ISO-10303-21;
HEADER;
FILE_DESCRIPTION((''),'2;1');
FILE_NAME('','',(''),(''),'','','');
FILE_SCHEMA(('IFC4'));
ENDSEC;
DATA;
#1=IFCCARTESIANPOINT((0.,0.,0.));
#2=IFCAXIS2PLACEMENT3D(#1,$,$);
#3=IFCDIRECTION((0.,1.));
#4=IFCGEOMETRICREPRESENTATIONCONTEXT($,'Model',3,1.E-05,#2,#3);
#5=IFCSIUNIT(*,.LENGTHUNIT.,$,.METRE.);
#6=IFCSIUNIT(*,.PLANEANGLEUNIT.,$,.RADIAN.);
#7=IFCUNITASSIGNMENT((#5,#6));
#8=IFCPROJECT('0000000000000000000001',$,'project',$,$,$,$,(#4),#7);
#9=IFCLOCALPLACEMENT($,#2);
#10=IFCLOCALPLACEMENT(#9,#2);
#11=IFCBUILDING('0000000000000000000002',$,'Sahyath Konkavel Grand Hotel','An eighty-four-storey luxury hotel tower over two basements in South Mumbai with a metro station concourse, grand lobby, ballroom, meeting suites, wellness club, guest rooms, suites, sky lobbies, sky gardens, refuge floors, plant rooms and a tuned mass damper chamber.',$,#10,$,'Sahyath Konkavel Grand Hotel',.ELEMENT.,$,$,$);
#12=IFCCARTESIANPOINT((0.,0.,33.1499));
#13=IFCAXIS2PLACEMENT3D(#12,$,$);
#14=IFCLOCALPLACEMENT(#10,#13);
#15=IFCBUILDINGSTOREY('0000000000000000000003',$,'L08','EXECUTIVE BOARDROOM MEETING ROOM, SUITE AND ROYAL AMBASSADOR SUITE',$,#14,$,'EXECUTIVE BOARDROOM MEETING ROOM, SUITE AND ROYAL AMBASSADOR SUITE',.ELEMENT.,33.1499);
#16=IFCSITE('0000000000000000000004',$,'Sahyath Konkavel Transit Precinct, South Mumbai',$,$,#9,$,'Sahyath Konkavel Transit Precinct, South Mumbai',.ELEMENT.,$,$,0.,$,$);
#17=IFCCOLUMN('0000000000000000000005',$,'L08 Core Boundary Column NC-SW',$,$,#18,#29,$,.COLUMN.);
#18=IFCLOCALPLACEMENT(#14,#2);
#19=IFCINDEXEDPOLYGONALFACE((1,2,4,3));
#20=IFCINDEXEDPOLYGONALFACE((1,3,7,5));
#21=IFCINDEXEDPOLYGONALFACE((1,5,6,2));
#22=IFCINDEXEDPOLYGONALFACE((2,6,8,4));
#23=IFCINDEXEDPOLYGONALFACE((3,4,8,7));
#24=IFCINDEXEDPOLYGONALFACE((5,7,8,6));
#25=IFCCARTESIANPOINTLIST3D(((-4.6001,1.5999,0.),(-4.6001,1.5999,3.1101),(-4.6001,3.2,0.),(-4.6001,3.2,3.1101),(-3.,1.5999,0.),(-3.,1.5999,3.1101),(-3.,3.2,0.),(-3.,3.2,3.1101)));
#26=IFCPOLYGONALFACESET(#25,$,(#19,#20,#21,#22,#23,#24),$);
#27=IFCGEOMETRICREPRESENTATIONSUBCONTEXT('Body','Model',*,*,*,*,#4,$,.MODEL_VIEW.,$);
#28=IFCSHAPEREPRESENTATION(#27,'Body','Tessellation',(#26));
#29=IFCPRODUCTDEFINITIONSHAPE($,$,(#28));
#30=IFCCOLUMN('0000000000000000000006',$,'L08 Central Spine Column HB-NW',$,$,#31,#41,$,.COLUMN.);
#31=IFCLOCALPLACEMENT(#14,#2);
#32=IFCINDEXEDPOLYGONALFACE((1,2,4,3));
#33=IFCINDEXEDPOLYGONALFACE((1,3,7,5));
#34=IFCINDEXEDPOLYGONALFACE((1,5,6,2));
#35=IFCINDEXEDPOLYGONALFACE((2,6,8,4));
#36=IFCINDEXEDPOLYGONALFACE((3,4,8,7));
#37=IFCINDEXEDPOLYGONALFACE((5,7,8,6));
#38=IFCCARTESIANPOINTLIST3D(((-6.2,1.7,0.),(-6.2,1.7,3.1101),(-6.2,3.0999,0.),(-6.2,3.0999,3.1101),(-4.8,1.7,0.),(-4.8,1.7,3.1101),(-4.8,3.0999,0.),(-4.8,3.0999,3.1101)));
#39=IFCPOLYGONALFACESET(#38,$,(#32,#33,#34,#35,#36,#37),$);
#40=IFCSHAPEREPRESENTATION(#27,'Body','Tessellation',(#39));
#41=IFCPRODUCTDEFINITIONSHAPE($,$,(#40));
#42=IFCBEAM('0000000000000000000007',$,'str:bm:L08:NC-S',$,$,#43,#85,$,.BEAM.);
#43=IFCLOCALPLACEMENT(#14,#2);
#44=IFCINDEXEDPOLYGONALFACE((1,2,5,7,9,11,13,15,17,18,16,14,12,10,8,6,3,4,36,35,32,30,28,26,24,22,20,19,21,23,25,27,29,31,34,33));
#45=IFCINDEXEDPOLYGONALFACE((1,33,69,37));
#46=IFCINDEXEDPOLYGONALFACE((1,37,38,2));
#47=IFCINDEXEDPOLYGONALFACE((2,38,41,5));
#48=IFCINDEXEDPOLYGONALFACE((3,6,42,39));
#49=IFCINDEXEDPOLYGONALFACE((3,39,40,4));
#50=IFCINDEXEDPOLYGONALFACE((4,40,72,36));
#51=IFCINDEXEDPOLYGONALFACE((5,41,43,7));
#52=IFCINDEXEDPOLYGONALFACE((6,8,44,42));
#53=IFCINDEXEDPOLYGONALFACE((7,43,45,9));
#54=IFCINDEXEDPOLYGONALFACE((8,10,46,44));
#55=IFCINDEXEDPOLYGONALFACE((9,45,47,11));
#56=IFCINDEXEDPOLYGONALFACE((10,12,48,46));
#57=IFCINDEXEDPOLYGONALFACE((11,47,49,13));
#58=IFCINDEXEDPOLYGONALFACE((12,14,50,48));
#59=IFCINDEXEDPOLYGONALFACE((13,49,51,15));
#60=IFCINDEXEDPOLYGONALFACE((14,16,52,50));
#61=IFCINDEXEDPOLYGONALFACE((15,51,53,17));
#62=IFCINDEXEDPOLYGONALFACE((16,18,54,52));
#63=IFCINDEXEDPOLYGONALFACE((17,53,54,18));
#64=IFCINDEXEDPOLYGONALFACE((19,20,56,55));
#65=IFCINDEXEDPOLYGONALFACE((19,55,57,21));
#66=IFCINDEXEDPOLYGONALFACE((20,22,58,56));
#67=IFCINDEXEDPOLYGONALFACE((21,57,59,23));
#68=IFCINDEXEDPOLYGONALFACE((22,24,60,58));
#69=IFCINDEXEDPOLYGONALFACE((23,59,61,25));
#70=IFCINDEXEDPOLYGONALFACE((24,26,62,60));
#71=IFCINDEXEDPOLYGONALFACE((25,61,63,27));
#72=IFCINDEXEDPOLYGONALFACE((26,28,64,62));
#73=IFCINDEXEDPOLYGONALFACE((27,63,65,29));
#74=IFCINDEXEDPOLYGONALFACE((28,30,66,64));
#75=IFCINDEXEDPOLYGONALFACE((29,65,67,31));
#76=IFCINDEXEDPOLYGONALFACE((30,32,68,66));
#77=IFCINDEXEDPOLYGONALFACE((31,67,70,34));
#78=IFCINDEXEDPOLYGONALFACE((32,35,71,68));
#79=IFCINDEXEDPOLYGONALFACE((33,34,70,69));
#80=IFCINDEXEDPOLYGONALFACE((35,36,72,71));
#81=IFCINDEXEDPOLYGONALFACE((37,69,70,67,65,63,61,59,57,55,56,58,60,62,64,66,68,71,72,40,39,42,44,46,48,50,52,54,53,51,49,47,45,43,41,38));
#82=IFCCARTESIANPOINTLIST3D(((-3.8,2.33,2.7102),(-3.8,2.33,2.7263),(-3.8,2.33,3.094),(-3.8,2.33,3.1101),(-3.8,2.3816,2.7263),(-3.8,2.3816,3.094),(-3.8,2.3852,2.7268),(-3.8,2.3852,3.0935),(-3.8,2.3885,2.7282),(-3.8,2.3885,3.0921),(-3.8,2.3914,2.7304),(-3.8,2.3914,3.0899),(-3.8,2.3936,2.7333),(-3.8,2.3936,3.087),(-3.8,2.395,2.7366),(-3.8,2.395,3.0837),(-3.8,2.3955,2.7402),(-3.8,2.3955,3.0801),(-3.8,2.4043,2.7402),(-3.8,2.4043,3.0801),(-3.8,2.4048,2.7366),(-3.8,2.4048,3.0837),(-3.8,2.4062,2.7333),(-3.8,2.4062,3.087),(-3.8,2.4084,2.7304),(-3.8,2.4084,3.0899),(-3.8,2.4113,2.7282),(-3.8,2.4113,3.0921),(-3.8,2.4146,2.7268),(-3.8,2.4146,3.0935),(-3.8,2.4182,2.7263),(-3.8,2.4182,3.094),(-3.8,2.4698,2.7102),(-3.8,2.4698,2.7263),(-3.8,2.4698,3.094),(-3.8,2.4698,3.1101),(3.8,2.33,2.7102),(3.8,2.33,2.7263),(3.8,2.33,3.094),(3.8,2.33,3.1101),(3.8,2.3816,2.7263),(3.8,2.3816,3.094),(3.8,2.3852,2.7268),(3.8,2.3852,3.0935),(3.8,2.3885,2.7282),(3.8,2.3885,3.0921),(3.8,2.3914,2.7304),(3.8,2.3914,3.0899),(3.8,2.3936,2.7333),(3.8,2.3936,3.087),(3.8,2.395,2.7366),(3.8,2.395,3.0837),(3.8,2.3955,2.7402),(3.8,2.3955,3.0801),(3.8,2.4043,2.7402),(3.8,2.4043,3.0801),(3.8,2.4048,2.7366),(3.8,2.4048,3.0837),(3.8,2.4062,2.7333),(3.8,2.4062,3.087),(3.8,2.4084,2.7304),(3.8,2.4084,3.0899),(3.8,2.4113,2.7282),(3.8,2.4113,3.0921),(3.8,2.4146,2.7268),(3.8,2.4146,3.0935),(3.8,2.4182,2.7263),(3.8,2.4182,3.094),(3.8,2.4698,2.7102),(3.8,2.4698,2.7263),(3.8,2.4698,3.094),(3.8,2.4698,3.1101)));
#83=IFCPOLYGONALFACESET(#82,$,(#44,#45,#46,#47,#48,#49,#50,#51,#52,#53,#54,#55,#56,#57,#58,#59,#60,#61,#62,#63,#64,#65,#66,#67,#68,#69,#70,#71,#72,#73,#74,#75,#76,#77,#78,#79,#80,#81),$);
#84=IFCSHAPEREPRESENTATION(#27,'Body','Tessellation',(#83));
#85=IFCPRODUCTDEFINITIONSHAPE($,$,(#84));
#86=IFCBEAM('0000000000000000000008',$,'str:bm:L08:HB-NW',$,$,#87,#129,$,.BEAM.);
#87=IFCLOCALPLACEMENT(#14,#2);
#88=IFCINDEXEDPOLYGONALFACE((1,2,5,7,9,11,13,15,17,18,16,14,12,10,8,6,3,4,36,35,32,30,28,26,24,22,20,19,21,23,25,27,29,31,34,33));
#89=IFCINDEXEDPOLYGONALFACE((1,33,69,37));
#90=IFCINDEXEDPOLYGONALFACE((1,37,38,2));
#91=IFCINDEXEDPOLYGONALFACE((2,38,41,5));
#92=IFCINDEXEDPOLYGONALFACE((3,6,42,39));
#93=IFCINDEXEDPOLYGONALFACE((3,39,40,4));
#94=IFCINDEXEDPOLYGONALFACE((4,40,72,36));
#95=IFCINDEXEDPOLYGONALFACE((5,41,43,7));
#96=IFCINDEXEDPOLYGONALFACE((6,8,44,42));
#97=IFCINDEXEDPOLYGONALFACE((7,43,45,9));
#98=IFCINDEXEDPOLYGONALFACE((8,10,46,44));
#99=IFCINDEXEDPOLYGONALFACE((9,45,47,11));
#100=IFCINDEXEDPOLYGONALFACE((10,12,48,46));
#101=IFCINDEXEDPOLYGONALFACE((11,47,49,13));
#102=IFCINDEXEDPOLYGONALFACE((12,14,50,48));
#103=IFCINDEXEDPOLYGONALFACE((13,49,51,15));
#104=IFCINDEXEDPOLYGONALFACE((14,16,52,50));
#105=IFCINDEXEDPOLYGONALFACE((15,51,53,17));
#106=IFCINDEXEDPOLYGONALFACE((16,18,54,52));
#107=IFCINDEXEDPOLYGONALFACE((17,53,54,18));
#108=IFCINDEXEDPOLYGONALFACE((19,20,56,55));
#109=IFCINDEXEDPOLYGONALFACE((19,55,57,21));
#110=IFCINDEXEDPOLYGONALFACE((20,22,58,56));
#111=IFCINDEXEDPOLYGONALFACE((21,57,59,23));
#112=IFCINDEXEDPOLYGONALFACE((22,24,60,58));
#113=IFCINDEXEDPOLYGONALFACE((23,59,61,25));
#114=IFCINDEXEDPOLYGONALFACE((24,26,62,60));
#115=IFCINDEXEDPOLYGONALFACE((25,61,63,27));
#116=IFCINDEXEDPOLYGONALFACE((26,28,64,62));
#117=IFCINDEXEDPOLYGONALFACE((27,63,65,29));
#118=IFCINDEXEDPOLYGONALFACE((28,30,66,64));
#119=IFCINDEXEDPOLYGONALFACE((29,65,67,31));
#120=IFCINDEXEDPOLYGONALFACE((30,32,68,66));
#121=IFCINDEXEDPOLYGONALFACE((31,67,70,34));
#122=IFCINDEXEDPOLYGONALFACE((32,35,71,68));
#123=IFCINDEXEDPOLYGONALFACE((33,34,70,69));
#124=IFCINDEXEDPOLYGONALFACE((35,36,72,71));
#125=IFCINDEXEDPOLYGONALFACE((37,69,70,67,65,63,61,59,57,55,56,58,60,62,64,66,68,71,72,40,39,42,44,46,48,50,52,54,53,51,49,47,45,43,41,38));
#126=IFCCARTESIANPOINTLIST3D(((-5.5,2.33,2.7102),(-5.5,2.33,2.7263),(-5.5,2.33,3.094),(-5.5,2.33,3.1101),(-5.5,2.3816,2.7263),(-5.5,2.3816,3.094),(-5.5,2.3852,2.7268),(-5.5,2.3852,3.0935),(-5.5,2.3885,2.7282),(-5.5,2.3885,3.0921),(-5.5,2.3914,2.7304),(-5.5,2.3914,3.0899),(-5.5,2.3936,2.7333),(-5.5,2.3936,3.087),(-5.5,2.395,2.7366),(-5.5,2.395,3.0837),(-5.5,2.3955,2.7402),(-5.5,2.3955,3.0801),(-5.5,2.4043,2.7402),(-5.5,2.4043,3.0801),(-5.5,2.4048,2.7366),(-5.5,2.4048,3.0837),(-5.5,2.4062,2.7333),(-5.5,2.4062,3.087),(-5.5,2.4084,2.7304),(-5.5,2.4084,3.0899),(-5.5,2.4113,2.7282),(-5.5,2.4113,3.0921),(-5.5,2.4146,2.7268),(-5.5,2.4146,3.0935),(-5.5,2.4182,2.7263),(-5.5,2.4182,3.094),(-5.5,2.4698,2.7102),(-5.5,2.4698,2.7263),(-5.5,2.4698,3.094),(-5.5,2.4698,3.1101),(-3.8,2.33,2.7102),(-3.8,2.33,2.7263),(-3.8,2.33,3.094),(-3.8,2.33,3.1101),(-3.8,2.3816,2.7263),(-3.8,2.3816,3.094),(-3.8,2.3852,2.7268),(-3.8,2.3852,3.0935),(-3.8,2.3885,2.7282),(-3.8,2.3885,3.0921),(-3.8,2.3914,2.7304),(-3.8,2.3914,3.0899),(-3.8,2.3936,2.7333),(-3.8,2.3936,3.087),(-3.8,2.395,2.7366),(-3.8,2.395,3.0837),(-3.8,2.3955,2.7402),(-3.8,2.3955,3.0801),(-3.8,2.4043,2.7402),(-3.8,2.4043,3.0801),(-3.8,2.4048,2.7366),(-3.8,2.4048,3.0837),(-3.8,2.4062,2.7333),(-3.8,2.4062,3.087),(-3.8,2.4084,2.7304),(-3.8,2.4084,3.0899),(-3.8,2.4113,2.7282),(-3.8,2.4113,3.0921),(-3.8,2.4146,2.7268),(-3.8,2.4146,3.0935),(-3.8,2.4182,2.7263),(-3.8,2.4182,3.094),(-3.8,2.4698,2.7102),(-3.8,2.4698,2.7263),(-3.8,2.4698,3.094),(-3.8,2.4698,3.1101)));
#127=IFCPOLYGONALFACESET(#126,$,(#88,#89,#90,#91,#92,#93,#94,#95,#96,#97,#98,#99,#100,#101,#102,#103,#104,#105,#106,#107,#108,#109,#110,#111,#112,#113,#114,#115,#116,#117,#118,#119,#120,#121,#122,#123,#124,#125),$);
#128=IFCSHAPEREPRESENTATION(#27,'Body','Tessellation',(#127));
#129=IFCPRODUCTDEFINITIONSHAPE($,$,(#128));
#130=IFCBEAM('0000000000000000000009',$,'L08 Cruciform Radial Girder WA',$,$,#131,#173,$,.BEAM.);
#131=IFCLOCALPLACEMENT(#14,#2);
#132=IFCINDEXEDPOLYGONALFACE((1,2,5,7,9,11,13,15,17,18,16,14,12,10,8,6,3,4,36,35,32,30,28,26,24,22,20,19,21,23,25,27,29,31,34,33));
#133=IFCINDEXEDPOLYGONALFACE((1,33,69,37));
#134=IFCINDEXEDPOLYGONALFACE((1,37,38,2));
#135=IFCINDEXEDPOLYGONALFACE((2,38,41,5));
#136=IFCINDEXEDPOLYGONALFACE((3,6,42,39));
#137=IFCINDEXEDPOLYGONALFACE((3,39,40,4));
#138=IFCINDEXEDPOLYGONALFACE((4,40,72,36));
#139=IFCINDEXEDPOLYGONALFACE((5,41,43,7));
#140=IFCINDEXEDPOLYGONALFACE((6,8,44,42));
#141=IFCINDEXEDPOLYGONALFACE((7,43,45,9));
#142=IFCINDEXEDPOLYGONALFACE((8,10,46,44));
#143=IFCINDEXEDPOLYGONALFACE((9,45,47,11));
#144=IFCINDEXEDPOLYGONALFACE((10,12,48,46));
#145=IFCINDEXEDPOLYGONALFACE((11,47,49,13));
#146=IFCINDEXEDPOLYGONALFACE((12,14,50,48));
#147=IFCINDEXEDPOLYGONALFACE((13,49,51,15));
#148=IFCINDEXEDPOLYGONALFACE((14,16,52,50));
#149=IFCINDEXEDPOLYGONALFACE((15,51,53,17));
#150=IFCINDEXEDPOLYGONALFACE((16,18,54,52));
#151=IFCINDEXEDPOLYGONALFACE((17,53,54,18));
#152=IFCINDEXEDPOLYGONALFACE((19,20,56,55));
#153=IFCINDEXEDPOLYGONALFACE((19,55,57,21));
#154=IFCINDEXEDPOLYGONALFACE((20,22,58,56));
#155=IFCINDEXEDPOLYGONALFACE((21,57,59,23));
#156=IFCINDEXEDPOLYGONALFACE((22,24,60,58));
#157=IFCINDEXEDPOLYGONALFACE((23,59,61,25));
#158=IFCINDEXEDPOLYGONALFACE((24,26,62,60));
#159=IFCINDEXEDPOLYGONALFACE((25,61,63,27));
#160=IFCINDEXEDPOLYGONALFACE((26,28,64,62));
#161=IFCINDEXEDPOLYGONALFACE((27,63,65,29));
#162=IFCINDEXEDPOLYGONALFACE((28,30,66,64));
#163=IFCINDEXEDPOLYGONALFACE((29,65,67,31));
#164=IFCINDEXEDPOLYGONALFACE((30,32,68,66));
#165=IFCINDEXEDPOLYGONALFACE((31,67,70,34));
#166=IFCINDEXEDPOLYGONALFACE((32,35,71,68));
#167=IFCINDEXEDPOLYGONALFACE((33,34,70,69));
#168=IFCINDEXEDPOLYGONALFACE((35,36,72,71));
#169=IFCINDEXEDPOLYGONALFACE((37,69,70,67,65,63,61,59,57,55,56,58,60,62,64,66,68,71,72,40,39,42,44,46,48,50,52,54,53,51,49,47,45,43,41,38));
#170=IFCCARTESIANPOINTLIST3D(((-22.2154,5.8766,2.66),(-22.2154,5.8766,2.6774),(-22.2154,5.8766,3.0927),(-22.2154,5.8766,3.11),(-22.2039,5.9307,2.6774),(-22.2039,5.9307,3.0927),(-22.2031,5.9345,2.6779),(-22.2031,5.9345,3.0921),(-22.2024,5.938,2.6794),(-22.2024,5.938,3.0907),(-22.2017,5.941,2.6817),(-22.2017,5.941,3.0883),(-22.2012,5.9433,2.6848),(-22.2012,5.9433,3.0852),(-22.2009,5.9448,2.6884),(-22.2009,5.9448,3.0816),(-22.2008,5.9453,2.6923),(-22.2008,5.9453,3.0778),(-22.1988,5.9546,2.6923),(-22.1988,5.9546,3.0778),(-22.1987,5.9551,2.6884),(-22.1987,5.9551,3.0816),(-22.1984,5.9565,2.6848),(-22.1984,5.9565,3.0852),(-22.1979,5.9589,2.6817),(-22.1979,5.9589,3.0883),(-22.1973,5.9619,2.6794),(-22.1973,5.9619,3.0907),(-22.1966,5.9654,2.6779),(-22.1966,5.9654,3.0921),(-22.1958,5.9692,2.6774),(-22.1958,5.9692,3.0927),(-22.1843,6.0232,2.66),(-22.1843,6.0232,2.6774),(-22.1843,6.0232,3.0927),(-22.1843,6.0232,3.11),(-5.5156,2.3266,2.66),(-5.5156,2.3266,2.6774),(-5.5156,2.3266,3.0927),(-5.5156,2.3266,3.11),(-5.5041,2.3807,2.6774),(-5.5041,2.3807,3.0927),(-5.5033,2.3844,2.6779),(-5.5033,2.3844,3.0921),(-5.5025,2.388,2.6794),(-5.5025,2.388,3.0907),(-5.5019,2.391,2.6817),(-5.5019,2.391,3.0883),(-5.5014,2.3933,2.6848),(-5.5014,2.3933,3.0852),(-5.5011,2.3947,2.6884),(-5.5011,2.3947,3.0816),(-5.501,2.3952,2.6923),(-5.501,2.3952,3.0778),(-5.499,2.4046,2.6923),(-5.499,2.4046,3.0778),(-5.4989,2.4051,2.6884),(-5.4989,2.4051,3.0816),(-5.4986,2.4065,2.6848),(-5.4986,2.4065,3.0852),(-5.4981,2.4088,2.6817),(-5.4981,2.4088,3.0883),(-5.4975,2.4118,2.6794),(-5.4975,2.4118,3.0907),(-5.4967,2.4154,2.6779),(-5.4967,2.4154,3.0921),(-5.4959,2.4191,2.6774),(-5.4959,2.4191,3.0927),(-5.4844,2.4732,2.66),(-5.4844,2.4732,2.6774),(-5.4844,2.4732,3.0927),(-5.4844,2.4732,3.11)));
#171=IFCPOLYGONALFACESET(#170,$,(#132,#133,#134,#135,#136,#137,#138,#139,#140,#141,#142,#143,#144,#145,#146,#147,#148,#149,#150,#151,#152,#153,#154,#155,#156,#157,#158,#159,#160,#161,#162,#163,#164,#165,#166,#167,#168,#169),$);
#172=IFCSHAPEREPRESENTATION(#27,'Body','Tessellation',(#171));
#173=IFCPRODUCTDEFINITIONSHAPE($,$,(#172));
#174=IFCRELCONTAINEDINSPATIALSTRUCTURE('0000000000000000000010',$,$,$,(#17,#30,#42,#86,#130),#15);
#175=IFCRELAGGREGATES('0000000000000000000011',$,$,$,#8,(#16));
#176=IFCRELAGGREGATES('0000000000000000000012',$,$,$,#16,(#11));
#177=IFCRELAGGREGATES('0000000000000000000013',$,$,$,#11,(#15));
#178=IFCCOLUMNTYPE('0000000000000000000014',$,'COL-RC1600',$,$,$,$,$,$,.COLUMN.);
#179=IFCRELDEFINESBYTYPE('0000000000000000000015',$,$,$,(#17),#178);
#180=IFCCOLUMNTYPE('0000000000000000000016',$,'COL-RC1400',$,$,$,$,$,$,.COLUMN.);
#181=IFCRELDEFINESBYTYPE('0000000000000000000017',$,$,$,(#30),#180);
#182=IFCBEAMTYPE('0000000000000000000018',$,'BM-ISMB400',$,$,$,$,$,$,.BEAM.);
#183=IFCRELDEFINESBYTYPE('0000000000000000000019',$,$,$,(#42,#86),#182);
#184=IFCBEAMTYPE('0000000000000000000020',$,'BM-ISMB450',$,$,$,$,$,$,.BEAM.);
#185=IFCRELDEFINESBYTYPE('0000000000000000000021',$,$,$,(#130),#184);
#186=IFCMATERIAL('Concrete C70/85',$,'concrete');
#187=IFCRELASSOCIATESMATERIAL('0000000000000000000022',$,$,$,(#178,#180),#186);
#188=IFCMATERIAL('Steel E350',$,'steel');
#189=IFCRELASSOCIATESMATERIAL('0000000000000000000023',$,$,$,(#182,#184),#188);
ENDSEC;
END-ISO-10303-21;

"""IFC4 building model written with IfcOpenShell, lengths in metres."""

from ifc_helpers import new_model, si_unit, direction, frame, origin, origin_2d, place, context, subcontext, project, spatial, rectangle, i_section, extrude, source, transform, mapped, material, material_profile, profile_set, type_object, element, save


model = new_model("IFC4")

# Units and contexts
model_context = context("Model", 3, precision=1e-05, world=origin(), true_north=direction((0.0, 1.0)))
body_context = subcontext(model_context, "Body", "Model", "MODEL_VIEW")
ifc_project = project(units=[si_unit("LENGTHUNIT", "METRE"), si_unit("PLANEANGLEUNIT", "RADIAN")], contexts=[model_context])

# Site, building, storey
site_placement = place(None, origin())
site = spatial("IfcSite", under=ifc_project, at=site_placement, Name="Sahyath Konkavel Transit Precinct, South Mumbai", LongName="Sahyath Konkavel Transit Precinct, South Mumbai", CompositionType="ELEMENT", RefElevation=0.0)
building_placement = place(site_placement, origin())
building = spatial("IfcBuilding", under=site, at=building_placement, Name="Sahyath Konkavel Grand Hotel", Description="An eighty-four-storey luxury hotel tower over two basements in South Mumbai with a metro station concourse, grand lobby, ballroom, meeting suites, wellness club, guest rooms, suites, sky lobbies, sky gardens, refuge floors, plant rooms and a tuned mass damper chamber.", LongName="Sahyath Konkavel Grand Hotel", CompositionType="ELEMENT")
storey_placement = place(building_placement, frame((0.0, 0.0, 33.1499)))
storey = spatial("IfcBuildingStorey", under=building, at=storey_placement, Name="L08", Description="EXECUTIVE BOARDROOM MEETING ROOM, SUITE AND ROYAL AMBASSADOR SUITE", LongName="EXECUTIVE BOARDROOM MEETING ROOM, SUITE AND ROYAL AMBASSADOR SUITE", CompositionType="ELEMENT", Elevation=33.1499)

# Columns
ifc_material_1 = material(Name="Concrete C70/85", Category="concrete")
ifc_material_profile_1 = material_profile(ifc_material_1, rectangle(XDim=1.6001, YDim=1.6001, at=origin_2d()), Name="RC 1600x1600")
ifc_profile_set_1 = profile_set([ifc_material_profile_1], Name="Concrete C70/85")
column_type_1 = type_object("IfcColumnType", Name="COL-RC1600", PredefinedType="COLUMN", material=ifc_profile_set_1)
shared_shape_1 = source(origin(), body_context, "Body", "SweptSolid", [
    extrude(rectangle(XDim=1.6001, YDim=1.6001, at=origin_2d()), origin(), (0.0, 0.0, 1.0), 3.1101),
])
column_1_placement = place(storey_placement, frame((-3.8, 2.3999, 0.0), z_axis=(0.0, 0.0, 1.0), x_axis=(1.0, 0.0, 0.0)))
element("IfcColumn", 1, at=column_1_placement, inside=storey, type_object=column_type_1, Name="L08 Core Boundary Column NC-SW", PredefinedType="COLUMN", context=body_context, shape_type="MappedRepresentation", body=[
    mapped(shared_shape_1, transform((0.0, 0.0, 0.0), scale=1.0)),
])
ifc_material_profile_2 = material_profile(ifc_material_1, rectangle(XDim=1.3999, YDim=1.3999, at=origin_2d()), Name="RC 1400x1400")
ifc_profile_set_2 = profile_set([ifc_material_profile_2], Name="Concrete C70/85")
column_type_2 = type_object("IfcColumnType", Name="COL-RC1400", PredefinedType="COLUMN", material=ifc_profile_set_2)
shared_shape_2 = source(origin(), body_context, "Body", "SweptSolid", [
    extrude(rectangle(XDim=1.3999, YDim=1.3999, at=origin_2d()), origin(), (0.0, 0.0, 1.0), 3.1101),
])
column_2_placement = place(storey_placement, frame((-5.5, 2.3999, 0.0), z_axis=(0.0, 0.0, 1.0), x_axis=(1.0, 0.0, 0.0)))
element("IfcColumn", 2, at=column_2_placement, inside=storey, type_object=column_type_2, Name="L08 Central Spine Column HB-NW", PredefinedType="COLUMN", context=body_context, shape_type="MappedRepresentation", body=[
    mapped(shared_shape_2, transform((0.0, 0.0, 0.0), scale=1.0)),
])

# Beams
ifc_material_2 = material(Name="Steel E350", Category="steel")
ifc_material_profile_3 = material_profile(ifc_material_2, i_section(OverallWidth=0.1399, OverallDepth=0.3999, WebThickness=0.0088, FlangeThickness=0.0161, FilletRadius=0.0139, at=origin_2d()), Name="ISMB 400")
ifc_profile_set_3 = profile_set([ifc_material_profile_3], Name="Steel E350")
beam_type_1 = type_object("IfcBeamType", Name="BM-ISMB400", PredefinedType="BEAM", material=ifc_profile_set_3)
shared_shape_3 = source(origin(), body_context, "Body", "SweptSolid", [
    extrude(i_section(OverallWidth=0.1399, OverallDepth=0.3999, WebThickness=0.0088, FlangeThickness=0.0161, FilletRadius=0.0139, at=origin_2d()), origin(), (0.0, 0.0, 1.0), 7.6001),
])
beam_1_placement = place(storey_placement, frame((-3.8, 2.3999, 2.9102), z_axis=(1.0, 0.0, 0.0), x_axis=(0.0, 1.0, 0.0)))
element("IfcBeam", 3, at=beam_1_placement, inside=storey, type_object=beam_type_1, Name="str:bm:L08:NC-S", PredefinedType="BEAM", context=body_context, shape_type="MappedRepresentation", body=[
    mapped(shared_shape_3, transform((0.0, 0.0, 0.0), scale=1.0)),
])
shared_shape_4 = source(origin(), body_context, "Body", "SweptSolid", [
    extrude(i_section(OverallWidth=0.1399, OverallDepth=0.3999, WebThickness=0.0088, FlangeThickness=0.0161, FilletRadius=0.0139, at=origin_2d()), origin(), (0.0, 0.0, 1.0), 1.7),
])
beam_2_placement = place(storey_placement, frame((-5.5, 2.3999, 2.9102), z_axis=(1.0, 0.0, 0.0), x_axis=(0.0, 1.0, 0.0)))
element("IfcBeam", 4, at=beam_2_placement, inside=storey, type_object=beam_type_1, Name="str:bm:L08:HB-NW", PredefinedType="BEAM", context=body_context, shape_type="MappedRepresentation", body=[
    mapped(shared_shape_4, transform((0.0, 0.0, 0.0), scale=1.0)),
])
ifc_material_profile_4 = material_profile(ifc_material_2, i_section(OverallWidth=0.1499, OverallDepth=0.45, WebThickness=0.0095, FlangeThickness=0.0173, FilletRadius=0.0149, at=origin_2d()), Name="ISMB 450")
ifc_profile_set_4 = profile_set([ifc_material_profile_4], Name="Steel E350")
beam_type_2 = type_object("IfcBeamType", Name="BM-ISMB450", PredefinedType="BEAM", material=ifc_profile_set_4)
shared_shape_5 = source(origin(), body_context, "Body", "SweptSolid", [
    extrude(i_section(OverallWidth=0.1499, OverallDepth=0.45, WebThickness=0.0095, FlangeThickness=0.0173, FilletRadius=0.0149, at=origin_2d()), origin(), (0.0, 0.0, 1.0), 17.073),
])
beam_3_placement = place(storey_placement, frame((-5.5, 2.3999, 2.885), z_axis=(-0.978143, 0.207932, 0.0), x_axis=(-0.207932, -0.978143, 0.0)))
element("IfcBeam", 5, at=beam_3_placement, inside=storey, type_object=beam_type_2, Name="L08 Cruciform Radial Girder WA", PredefinedType="BEAM", context=body_context, shape_type="MappedRepresentation", body=[
    mapped(shared_shape_5, transform((0.0, 0.0, 0.0), scale=1.0)),
])

save(model, "model.ifc")
